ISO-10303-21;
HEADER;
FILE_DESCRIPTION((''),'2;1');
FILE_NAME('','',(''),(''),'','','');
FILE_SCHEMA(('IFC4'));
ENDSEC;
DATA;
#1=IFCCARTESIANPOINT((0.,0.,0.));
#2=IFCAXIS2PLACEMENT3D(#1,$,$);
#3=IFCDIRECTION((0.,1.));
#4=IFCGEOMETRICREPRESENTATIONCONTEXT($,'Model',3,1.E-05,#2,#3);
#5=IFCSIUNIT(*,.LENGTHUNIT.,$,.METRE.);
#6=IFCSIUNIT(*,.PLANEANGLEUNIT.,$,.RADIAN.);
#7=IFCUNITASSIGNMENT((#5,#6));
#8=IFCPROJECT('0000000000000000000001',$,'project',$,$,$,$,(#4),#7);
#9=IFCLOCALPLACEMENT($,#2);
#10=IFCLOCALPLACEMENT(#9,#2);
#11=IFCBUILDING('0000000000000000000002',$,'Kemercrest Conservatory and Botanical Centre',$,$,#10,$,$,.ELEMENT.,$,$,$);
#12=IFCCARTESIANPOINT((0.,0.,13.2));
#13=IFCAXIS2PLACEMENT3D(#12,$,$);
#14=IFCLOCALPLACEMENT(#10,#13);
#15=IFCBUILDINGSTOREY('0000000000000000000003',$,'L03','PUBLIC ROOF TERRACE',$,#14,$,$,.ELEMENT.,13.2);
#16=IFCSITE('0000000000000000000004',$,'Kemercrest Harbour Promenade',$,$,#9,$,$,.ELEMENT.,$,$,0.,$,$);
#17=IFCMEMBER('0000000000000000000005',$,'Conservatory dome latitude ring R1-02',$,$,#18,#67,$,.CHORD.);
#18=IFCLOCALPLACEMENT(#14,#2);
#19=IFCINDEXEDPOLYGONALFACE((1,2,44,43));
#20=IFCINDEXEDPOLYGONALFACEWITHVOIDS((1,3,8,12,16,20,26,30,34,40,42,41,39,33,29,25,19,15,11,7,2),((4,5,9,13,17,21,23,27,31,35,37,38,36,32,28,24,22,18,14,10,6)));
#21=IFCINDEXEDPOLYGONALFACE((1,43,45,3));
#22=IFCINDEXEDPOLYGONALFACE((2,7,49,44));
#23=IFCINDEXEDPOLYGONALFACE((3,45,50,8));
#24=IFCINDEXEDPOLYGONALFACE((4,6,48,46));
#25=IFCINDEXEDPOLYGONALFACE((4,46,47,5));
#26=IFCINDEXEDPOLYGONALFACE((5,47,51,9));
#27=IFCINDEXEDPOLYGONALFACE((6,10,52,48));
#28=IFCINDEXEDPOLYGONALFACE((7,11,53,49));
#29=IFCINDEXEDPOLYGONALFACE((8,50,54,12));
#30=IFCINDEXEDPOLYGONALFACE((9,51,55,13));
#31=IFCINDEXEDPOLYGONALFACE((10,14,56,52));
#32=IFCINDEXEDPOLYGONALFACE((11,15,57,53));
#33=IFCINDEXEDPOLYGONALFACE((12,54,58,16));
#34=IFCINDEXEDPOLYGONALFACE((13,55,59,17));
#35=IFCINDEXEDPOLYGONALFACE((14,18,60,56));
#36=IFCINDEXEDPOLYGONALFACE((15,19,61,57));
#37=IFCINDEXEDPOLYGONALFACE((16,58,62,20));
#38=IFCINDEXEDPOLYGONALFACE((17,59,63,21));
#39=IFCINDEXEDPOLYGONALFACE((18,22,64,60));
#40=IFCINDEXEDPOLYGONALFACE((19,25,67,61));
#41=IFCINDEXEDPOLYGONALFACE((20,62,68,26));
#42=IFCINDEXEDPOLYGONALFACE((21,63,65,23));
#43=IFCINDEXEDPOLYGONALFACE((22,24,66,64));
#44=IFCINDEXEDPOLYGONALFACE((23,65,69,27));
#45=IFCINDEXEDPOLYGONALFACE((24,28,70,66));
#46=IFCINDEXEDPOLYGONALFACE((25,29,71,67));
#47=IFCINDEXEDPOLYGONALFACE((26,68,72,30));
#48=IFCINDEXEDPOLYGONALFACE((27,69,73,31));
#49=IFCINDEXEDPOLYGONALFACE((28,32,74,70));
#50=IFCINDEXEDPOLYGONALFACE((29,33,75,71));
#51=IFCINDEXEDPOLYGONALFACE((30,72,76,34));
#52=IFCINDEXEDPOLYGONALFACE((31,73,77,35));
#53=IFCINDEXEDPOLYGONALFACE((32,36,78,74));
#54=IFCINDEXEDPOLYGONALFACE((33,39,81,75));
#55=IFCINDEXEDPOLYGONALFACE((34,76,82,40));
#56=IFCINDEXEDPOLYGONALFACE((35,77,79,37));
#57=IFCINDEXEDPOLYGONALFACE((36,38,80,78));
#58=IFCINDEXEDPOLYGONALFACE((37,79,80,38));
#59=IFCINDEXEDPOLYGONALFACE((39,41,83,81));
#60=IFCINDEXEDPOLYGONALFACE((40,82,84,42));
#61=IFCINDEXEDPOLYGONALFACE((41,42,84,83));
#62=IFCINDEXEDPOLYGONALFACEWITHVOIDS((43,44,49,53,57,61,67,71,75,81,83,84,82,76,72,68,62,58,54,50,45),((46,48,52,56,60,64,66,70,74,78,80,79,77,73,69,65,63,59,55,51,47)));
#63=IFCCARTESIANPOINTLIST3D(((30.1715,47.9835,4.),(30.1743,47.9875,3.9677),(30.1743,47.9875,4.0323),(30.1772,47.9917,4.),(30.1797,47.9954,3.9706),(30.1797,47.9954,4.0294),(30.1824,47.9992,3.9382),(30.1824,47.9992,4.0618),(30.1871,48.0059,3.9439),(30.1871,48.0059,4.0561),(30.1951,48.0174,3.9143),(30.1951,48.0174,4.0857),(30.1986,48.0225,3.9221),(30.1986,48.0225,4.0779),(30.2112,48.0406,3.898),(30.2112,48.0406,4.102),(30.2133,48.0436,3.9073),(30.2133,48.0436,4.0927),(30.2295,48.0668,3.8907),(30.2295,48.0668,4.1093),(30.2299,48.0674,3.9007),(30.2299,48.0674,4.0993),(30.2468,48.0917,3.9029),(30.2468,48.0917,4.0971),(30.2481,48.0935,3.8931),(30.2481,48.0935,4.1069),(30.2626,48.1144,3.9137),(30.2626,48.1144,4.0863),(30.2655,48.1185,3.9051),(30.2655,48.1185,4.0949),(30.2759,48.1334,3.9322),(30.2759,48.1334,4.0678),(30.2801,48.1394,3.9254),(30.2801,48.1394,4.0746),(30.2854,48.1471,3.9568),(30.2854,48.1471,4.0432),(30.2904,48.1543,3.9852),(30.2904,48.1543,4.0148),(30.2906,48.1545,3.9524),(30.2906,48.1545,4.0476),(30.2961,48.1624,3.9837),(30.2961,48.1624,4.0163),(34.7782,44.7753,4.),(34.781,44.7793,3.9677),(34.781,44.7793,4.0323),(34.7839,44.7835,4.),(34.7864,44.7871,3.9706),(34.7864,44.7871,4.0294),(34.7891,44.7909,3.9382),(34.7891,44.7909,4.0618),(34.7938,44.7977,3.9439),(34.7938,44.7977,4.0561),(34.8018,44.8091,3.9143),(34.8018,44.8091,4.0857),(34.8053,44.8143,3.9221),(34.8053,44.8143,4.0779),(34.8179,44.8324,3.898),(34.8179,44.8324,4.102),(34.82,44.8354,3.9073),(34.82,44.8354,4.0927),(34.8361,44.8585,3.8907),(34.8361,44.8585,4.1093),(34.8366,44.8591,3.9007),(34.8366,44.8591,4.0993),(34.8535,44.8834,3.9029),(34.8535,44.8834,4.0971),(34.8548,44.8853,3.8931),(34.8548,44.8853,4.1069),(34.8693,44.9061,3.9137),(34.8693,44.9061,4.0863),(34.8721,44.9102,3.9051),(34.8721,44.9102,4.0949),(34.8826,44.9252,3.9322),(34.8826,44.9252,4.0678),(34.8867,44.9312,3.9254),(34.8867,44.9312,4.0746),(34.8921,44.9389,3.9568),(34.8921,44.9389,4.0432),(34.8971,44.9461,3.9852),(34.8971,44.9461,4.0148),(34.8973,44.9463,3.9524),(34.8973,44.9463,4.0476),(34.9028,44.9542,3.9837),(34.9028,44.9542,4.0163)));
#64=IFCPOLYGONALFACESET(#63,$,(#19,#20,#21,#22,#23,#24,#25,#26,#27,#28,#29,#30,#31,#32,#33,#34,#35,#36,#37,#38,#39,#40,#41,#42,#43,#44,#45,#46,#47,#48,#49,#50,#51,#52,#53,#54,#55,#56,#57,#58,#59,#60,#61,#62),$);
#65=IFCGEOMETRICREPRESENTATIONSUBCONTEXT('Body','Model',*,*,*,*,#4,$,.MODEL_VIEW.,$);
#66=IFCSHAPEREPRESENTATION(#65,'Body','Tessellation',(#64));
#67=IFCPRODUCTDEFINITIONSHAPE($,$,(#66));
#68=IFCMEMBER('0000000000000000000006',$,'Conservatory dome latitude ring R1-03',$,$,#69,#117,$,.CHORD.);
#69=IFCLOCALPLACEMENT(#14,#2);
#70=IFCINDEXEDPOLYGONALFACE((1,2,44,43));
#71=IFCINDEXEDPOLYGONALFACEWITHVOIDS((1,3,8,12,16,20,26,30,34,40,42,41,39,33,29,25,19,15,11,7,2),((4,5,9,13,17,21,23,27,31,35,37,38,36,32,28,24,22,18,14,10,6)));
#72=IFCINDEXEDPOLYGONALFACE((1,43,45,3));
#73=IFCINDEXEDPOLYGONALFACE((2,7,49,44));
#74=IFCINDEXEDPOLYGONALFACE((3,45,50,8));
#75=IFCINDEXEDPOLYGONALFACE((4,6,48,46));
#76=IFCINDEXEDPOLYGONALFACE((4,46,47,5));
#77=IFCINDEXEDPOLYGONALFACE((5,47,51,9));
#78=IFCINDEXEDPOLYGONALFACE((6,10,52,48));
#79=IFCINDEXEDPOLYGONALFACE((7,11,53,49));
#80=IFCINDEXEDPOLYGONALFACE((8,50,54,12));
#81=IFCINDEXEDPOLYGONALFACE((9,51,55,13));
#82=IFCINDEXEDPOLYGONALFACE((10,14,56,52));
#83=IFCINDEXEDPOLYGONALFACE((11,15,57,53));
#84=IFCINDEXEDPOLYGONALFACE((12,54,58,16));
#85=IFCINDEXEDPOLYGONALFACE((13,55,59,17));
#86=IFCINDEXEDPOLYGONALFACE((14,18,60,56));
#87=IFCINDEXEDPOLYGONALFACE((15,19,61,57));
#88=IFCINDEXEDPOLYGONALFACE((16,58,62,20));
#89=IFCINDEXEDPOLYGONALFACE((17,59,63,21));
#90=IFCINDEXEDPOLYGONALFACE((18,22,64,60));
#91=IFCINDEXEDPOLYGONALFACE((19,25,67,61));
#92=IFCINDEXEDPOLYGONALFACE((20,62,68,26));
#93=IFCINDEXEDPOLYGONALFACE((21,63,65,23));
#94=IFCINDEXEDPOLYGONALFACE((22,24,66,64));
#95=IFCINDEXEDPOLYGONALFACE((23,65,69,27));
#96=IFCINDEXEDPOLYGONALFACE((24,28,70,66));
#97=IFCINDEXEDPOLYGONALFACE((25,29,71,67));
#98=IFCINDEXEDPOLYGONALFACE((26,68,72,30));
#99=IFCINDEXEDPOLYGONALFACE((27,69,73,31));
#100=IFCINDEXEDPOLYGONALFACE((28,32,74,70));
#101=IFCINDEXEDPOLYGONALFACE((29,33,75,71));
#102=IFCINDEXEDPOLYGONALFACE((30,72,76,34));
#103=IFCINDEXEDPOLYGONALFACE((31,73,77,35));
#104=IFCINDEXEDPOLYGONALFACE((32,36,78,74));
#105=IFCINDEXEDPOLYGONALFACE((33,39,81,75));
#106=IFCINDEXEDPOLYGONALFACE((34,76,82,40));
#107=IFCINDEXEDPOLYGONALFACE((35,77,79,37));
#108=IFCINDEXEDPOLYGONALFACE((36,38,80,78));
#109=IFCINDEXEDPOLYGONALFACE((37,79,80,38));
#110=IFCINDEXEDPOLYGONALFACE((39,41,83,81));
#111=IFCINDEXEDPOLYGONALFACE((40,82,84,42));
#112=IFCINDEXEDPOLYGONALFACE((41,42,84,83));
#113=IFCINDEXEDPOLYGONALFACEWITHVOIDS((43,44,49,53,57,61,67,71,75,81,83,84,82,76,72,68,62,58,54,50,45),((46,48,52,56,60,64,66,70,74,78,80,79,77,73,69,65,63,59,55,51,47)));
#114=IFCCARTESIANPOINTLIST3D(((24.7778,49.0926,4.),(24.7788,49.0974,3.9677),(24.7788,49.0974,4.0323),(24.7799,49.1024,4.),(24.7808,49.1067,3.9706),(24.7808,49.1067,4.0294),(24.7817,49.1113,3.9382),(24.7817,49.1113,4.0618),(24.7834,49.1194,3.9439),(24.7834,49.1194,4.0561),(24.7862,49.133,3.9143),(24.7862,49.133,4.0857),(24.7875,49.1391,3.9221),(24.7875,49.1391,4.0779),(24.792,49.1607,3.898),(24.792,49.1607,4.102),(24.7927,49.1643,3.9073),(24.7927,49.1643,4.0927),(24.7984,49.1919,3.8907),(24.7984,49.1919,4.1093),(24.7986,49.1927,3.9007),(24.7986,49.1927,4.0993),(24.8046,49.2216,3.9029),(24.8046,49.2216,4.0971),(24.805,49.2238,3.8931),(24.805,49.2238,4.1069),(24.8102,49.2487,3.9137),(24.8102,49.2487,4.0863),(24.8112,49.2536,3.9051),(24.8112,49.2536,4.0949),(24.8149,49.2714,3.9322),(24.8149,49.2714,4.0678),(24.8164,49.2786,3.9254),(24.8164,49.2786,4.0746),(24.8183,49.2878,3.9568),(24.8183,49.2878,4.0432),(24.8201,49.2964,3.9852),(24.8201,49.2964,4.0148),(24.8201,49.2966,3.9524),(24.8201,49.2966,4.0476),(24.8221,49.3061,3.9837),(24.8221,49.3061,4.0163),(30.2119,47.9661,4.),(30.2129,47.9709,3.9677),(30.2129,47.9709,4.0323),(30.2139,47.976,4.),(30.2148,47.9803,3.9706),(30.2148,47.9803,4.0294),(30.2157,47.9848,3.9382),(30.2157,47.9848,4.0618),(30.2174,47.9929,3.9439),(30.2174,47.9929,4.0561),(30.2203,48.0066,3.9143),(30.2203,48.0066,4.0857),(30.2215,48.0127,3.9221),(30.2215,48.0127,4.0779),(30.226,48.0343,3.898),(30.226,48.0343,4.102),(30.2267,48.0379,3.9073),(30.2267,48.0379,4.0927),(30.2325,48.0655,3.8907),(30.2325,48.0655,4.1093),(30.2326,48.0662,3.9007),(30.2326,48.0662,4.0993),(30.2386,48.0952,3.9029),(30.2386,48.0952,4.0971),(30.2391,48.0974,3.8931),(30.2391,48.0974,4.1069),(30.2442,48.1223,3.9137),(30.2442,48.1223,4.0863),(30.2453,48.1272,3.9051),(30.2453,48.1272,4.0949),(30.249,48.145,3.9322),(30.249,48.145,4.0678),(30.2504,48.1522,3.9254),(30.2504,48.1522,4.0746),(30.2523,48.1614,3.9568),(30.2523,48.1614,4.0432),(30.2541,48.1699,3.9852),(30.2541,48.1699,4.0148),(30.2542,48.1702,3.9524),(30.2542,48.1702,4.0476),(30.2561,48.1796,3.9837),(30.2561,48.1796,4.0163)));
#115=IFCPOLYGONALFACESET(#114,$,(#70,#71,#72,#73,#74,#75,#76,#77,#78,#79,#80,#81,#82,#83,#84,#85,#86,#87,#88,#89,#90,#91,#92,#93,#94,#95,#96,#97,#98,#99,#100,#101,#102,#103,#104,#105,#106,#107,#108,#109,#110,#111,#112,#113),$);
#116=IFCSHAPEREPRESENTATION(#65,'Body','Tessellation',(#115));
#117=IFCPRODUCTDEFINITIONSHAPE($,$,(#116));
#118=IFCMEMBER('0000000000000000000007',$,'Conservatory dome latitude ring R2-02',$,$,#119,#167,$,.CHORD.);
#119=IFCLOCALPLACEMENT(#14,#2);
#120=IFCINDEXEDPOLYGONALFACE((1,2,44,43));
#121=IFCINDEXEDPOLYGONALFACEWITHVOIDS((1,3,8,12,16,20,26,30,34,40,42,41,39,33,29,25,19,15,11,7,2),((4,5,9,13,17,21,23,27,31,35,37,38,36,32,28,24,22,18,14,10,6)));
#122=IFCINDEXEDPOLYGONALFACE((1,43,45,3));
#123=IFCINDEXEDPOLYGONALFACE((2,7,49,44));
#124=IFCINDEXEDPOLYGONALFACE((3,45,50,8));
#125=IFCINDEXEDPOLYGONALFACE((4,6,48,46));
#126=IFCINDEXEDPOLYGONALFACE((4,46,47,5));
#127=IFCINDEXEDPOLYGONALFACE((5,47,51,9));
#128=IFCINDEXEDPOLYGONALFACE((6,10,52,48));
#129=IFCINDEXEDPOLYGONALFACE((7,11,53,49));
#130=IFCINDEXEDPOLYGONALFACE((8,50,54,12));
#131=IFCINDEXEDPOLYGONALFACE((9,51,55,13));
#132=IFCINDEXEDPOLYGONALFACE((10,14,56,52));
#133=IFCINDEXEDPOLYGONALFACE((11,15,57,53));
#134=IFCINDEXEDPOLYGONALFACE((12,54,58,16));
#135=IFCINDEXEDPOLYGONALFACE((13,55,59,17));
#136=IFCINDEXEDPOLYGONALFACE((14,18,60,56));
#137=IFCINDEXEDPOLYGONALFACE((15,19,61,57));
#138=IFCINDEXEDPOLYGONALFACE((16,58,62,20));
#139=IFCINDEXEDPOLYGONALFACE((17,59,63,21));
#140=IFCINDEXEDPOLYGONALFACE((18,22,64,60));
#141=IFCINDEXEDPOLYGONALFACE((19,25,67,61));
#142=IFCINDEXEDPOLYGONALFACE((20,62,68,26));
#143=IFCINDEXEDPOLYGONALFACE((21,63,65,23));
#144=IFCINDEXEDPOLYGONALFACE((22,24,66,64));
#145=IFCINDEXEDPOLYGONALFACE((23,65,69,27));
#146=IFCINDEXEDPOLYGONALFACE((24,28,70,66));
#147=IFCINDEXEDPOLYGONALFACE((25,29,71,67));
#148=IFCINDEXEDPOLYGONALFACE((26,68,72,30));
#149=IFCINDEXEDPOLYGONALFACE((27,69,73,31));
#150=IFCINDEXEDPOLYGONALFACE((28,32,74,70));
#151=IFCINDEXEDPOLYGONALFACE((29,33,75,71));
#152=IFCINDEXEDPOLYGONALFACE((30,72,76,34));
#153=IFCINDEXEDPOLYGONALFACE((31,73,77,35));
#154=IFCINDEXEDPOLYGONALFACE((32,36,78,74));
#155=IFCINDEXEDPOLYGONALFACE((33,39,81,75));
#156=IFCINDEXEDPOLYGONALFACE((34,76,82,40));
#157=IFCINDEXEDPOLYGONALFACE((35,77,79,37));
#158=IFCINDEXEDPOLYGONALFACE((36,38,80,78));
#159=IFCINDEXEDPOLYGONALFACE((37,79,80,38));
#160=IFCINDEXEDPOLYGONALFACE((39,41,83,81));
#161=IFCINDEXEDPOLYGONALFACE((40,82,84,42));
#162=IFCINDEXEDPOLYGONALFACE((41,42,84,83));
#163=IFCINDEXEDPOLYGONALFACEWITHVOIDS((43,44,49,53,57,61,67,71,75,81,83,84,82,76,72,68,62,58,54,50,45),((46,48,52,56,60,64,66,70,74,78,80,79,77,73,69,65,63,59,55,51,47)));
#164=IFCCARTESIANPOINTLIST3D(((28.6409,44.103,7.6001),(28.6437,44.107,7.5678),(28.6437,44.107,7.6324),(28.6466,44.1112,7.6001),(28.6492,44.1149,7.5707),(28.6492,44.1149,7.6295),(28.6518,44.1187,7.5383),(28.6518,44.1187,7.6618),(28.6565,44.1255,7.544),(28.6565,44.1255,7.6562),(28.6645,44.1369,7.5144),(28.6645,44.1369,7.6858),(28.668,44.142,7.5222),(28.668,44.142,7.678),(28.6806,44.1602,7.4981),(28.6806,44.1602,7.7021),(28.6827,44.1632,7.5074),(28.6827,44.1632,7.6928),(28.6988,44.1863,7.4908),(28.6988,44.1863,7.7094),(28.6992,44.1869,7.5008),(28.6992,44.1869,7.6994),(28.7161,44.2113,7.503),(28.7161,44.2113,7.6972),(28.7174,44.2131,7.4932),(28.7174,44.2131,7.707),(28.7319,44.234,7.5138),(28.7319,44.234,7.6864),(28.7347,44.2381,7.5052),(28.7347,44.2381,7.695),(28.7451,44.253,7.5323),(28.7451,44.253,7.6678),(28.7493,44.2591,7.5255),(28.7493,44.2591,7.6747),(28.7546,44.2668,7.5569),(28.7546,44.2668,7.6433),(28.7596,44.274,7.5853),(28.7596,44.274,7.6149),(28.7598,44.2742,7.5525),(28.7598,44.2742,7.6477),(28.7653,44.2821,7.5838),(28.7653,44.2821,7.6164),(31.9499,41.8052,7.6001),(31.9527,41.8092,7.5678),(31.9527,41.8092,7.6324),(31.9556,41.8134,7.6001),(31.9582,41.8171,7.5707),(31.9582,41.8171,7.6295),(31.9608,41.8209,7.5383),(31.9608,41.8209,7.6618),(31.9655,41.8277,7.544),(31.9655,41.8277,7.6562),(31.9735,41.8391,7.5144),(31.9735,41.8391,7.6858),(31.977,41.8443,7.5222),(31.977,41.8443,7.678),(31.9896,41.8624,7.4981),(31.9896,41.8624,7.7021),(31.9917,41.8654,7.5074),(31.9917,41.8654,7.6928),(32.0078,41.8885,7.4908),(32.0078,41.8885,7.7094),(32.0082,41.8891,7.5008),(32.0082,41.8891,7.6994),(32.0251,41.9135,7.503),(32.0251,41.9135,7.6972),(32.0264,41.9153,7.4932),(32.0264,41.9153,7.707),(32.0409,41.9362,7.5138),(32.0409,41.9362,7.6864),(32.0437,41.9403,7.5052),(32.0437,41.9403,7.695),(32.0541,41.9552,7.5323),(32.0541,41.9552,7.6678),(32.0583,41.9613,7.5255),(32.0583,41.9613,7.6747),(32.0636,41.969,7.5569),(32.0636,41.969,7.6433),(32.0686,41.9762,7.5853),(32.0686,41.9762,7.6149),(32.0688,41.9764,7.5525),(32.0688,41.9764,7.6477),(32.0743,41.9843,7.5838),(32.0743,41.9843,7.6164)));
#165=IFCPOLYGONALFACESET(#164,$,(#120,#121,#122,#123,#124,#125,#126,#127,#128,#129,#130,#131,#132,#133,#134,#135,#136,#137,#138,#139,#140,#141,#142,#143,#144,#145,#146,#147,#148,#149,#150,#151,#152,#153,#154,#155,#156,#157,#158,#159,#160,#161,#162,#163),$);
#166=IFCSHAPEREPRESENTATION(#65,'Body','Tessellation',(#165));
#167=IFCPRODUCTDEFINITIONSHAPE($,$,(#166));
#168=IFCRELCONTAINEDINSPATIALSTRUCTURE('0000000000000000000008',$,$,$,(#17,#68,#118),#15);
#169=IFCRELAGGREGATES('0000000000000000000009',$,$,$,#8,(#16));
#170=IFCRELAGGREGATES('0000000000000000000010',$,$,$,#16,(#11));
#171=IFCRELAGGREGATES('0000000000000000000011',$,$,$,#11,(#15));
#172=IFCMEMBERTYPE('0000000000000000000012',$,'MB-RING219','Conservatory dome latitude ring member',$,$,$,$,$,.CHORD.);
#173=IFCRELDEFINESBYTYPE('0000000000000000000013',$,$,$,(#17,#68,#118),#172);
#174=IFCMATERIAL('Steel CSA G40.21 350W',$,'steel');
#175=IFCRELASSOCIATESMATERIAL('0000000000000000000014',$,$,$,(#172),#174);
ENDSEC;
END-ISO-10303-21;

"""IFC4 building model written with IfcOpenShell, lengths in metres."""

from ifc_helpers import new_model, si_unit, direction, frame, origin, origin_2d, place, context, subcontext, project, spatial, hollow_circle, extrude, material, material_profile, profile_set, type_object, element, save


model = new_model("IFC4")

# Units and contexts
model_context = context("Model", 3, precision=1e-05, world=origin(), true_north=direction((0.0, 1.0)))
body_context = subcontext(model_context, "Body", "Model", "MODEL_VIEW")
ifc_project = project(units=[si_unit("LENGTHUNIT", "METRE"), si_unit("PLANEANGLEUNIT", "RADIAN")], contexts=[model_context])

# Site, building, storey
site_placement = place(None, origin())
site = spatial("IfcSite", under=ifc_project, at=site_placement, Name="Kemercrest Harbour Promenade", CompositionType="ELEMENT", RefElevation=0.0)
building_placement = place(site_placement, origin())
building = spatial("IfcBuilding", under=site, at=building_placement, Name="Kemercrest Conservatory and Botanical Centre", CompositionType="ELEMENT")
storey_placement = place(building_placement, frame((0.0, 0.0, 13.2)))
storey = spatial("IfcBuildingStorey", under=building, at=storey_placement, Name="L03", Description="PUBLIC ROOF TERRACE", CompositionType="ELEMENT", Elevation=13.2)

# Shared definitions
ifc_material_1 = material(Name="Steel CSA G40.21 350W", Category="steel")

# Members
ifc_material_profile_1 = material_profile(ifc_material_1, hollow_circle(Radius=0.1096, WallThickness=0.01, at=origin_2d()), Name="CHS 219.1x10.0")
ifc_profile_set_1 = profile_set([ifc_material_profile_1], Name="Steel CSA G40.21 350W")
member_type_1 = type_object("IfcMemberType", Name="MB-RING219", Description="Conservatory dome latitude ring member", PredefinedType="CHORD", material=ifc_profile_set_1)
member_1_placement = place(storey_placement, frame((34.8408, 44.8652, 4.0), z_axis=(-0.820605, 0.571496, 0.0), x_axis=(-0.571496, -0.820605, 0.0)))
element("IfcMember", 1, at=member_1_placement, inside=storey, type_object=member_type_1, Name="Conservatory dome latitude ring R1-02", PredefinedType="CHORD", context=body_context, shape_type="SweptSolid", body=[
    extrude(hollow_circle(Radius=0.1096, WallThickness=0.01, at=origin_2d()), origin(), (0.0, 0.0, 1.0), 5.6138),
])
member_2_placement = place(storey_placement, frame((30.2341, 48.0735, 4.0), z_axis=(-0.979183, 0.202981, 0.0), x_axis=(-0.202981, -0.979183, 0.0)))
element("IfcMember", 2, at=member_2_placement, inside=storey, type_object=member_type_1, Name="Conservatory dome latitude ring R1-03", PredefinedType="CHORD", context=body_context, shape_type="SweptSolid", body=[
    extrude(hollow_circle(Radius=0.1096, WallThickness=0.01, at=origin_2d()), origin(), (0.0, 0.0, 1.0), 5.5496),
])
member_3_placement = place(storey_placement, frame((32.0125, 41.8953, 7.6001), z_axis=(-0.821384, 0.570375, 0.0), x_axis=(-0.570375, -0.821384, 0.0)))
element("IfcMember", 3, at=member_3_placement, inside=storey, type_object=member_type_1, Name="Conservatory dome latitude ring R2-02", PredefinedType="CHORD", context=body_context, shape_type="SweptSolid", body=[
    extrude(hollow_circle(Radius=0.1096, WallThickness=0.01, at=origin_2d()), origin(), (0.0, 0.0, 1.0), 4.0286),
])

save(model, "model.ifc")
